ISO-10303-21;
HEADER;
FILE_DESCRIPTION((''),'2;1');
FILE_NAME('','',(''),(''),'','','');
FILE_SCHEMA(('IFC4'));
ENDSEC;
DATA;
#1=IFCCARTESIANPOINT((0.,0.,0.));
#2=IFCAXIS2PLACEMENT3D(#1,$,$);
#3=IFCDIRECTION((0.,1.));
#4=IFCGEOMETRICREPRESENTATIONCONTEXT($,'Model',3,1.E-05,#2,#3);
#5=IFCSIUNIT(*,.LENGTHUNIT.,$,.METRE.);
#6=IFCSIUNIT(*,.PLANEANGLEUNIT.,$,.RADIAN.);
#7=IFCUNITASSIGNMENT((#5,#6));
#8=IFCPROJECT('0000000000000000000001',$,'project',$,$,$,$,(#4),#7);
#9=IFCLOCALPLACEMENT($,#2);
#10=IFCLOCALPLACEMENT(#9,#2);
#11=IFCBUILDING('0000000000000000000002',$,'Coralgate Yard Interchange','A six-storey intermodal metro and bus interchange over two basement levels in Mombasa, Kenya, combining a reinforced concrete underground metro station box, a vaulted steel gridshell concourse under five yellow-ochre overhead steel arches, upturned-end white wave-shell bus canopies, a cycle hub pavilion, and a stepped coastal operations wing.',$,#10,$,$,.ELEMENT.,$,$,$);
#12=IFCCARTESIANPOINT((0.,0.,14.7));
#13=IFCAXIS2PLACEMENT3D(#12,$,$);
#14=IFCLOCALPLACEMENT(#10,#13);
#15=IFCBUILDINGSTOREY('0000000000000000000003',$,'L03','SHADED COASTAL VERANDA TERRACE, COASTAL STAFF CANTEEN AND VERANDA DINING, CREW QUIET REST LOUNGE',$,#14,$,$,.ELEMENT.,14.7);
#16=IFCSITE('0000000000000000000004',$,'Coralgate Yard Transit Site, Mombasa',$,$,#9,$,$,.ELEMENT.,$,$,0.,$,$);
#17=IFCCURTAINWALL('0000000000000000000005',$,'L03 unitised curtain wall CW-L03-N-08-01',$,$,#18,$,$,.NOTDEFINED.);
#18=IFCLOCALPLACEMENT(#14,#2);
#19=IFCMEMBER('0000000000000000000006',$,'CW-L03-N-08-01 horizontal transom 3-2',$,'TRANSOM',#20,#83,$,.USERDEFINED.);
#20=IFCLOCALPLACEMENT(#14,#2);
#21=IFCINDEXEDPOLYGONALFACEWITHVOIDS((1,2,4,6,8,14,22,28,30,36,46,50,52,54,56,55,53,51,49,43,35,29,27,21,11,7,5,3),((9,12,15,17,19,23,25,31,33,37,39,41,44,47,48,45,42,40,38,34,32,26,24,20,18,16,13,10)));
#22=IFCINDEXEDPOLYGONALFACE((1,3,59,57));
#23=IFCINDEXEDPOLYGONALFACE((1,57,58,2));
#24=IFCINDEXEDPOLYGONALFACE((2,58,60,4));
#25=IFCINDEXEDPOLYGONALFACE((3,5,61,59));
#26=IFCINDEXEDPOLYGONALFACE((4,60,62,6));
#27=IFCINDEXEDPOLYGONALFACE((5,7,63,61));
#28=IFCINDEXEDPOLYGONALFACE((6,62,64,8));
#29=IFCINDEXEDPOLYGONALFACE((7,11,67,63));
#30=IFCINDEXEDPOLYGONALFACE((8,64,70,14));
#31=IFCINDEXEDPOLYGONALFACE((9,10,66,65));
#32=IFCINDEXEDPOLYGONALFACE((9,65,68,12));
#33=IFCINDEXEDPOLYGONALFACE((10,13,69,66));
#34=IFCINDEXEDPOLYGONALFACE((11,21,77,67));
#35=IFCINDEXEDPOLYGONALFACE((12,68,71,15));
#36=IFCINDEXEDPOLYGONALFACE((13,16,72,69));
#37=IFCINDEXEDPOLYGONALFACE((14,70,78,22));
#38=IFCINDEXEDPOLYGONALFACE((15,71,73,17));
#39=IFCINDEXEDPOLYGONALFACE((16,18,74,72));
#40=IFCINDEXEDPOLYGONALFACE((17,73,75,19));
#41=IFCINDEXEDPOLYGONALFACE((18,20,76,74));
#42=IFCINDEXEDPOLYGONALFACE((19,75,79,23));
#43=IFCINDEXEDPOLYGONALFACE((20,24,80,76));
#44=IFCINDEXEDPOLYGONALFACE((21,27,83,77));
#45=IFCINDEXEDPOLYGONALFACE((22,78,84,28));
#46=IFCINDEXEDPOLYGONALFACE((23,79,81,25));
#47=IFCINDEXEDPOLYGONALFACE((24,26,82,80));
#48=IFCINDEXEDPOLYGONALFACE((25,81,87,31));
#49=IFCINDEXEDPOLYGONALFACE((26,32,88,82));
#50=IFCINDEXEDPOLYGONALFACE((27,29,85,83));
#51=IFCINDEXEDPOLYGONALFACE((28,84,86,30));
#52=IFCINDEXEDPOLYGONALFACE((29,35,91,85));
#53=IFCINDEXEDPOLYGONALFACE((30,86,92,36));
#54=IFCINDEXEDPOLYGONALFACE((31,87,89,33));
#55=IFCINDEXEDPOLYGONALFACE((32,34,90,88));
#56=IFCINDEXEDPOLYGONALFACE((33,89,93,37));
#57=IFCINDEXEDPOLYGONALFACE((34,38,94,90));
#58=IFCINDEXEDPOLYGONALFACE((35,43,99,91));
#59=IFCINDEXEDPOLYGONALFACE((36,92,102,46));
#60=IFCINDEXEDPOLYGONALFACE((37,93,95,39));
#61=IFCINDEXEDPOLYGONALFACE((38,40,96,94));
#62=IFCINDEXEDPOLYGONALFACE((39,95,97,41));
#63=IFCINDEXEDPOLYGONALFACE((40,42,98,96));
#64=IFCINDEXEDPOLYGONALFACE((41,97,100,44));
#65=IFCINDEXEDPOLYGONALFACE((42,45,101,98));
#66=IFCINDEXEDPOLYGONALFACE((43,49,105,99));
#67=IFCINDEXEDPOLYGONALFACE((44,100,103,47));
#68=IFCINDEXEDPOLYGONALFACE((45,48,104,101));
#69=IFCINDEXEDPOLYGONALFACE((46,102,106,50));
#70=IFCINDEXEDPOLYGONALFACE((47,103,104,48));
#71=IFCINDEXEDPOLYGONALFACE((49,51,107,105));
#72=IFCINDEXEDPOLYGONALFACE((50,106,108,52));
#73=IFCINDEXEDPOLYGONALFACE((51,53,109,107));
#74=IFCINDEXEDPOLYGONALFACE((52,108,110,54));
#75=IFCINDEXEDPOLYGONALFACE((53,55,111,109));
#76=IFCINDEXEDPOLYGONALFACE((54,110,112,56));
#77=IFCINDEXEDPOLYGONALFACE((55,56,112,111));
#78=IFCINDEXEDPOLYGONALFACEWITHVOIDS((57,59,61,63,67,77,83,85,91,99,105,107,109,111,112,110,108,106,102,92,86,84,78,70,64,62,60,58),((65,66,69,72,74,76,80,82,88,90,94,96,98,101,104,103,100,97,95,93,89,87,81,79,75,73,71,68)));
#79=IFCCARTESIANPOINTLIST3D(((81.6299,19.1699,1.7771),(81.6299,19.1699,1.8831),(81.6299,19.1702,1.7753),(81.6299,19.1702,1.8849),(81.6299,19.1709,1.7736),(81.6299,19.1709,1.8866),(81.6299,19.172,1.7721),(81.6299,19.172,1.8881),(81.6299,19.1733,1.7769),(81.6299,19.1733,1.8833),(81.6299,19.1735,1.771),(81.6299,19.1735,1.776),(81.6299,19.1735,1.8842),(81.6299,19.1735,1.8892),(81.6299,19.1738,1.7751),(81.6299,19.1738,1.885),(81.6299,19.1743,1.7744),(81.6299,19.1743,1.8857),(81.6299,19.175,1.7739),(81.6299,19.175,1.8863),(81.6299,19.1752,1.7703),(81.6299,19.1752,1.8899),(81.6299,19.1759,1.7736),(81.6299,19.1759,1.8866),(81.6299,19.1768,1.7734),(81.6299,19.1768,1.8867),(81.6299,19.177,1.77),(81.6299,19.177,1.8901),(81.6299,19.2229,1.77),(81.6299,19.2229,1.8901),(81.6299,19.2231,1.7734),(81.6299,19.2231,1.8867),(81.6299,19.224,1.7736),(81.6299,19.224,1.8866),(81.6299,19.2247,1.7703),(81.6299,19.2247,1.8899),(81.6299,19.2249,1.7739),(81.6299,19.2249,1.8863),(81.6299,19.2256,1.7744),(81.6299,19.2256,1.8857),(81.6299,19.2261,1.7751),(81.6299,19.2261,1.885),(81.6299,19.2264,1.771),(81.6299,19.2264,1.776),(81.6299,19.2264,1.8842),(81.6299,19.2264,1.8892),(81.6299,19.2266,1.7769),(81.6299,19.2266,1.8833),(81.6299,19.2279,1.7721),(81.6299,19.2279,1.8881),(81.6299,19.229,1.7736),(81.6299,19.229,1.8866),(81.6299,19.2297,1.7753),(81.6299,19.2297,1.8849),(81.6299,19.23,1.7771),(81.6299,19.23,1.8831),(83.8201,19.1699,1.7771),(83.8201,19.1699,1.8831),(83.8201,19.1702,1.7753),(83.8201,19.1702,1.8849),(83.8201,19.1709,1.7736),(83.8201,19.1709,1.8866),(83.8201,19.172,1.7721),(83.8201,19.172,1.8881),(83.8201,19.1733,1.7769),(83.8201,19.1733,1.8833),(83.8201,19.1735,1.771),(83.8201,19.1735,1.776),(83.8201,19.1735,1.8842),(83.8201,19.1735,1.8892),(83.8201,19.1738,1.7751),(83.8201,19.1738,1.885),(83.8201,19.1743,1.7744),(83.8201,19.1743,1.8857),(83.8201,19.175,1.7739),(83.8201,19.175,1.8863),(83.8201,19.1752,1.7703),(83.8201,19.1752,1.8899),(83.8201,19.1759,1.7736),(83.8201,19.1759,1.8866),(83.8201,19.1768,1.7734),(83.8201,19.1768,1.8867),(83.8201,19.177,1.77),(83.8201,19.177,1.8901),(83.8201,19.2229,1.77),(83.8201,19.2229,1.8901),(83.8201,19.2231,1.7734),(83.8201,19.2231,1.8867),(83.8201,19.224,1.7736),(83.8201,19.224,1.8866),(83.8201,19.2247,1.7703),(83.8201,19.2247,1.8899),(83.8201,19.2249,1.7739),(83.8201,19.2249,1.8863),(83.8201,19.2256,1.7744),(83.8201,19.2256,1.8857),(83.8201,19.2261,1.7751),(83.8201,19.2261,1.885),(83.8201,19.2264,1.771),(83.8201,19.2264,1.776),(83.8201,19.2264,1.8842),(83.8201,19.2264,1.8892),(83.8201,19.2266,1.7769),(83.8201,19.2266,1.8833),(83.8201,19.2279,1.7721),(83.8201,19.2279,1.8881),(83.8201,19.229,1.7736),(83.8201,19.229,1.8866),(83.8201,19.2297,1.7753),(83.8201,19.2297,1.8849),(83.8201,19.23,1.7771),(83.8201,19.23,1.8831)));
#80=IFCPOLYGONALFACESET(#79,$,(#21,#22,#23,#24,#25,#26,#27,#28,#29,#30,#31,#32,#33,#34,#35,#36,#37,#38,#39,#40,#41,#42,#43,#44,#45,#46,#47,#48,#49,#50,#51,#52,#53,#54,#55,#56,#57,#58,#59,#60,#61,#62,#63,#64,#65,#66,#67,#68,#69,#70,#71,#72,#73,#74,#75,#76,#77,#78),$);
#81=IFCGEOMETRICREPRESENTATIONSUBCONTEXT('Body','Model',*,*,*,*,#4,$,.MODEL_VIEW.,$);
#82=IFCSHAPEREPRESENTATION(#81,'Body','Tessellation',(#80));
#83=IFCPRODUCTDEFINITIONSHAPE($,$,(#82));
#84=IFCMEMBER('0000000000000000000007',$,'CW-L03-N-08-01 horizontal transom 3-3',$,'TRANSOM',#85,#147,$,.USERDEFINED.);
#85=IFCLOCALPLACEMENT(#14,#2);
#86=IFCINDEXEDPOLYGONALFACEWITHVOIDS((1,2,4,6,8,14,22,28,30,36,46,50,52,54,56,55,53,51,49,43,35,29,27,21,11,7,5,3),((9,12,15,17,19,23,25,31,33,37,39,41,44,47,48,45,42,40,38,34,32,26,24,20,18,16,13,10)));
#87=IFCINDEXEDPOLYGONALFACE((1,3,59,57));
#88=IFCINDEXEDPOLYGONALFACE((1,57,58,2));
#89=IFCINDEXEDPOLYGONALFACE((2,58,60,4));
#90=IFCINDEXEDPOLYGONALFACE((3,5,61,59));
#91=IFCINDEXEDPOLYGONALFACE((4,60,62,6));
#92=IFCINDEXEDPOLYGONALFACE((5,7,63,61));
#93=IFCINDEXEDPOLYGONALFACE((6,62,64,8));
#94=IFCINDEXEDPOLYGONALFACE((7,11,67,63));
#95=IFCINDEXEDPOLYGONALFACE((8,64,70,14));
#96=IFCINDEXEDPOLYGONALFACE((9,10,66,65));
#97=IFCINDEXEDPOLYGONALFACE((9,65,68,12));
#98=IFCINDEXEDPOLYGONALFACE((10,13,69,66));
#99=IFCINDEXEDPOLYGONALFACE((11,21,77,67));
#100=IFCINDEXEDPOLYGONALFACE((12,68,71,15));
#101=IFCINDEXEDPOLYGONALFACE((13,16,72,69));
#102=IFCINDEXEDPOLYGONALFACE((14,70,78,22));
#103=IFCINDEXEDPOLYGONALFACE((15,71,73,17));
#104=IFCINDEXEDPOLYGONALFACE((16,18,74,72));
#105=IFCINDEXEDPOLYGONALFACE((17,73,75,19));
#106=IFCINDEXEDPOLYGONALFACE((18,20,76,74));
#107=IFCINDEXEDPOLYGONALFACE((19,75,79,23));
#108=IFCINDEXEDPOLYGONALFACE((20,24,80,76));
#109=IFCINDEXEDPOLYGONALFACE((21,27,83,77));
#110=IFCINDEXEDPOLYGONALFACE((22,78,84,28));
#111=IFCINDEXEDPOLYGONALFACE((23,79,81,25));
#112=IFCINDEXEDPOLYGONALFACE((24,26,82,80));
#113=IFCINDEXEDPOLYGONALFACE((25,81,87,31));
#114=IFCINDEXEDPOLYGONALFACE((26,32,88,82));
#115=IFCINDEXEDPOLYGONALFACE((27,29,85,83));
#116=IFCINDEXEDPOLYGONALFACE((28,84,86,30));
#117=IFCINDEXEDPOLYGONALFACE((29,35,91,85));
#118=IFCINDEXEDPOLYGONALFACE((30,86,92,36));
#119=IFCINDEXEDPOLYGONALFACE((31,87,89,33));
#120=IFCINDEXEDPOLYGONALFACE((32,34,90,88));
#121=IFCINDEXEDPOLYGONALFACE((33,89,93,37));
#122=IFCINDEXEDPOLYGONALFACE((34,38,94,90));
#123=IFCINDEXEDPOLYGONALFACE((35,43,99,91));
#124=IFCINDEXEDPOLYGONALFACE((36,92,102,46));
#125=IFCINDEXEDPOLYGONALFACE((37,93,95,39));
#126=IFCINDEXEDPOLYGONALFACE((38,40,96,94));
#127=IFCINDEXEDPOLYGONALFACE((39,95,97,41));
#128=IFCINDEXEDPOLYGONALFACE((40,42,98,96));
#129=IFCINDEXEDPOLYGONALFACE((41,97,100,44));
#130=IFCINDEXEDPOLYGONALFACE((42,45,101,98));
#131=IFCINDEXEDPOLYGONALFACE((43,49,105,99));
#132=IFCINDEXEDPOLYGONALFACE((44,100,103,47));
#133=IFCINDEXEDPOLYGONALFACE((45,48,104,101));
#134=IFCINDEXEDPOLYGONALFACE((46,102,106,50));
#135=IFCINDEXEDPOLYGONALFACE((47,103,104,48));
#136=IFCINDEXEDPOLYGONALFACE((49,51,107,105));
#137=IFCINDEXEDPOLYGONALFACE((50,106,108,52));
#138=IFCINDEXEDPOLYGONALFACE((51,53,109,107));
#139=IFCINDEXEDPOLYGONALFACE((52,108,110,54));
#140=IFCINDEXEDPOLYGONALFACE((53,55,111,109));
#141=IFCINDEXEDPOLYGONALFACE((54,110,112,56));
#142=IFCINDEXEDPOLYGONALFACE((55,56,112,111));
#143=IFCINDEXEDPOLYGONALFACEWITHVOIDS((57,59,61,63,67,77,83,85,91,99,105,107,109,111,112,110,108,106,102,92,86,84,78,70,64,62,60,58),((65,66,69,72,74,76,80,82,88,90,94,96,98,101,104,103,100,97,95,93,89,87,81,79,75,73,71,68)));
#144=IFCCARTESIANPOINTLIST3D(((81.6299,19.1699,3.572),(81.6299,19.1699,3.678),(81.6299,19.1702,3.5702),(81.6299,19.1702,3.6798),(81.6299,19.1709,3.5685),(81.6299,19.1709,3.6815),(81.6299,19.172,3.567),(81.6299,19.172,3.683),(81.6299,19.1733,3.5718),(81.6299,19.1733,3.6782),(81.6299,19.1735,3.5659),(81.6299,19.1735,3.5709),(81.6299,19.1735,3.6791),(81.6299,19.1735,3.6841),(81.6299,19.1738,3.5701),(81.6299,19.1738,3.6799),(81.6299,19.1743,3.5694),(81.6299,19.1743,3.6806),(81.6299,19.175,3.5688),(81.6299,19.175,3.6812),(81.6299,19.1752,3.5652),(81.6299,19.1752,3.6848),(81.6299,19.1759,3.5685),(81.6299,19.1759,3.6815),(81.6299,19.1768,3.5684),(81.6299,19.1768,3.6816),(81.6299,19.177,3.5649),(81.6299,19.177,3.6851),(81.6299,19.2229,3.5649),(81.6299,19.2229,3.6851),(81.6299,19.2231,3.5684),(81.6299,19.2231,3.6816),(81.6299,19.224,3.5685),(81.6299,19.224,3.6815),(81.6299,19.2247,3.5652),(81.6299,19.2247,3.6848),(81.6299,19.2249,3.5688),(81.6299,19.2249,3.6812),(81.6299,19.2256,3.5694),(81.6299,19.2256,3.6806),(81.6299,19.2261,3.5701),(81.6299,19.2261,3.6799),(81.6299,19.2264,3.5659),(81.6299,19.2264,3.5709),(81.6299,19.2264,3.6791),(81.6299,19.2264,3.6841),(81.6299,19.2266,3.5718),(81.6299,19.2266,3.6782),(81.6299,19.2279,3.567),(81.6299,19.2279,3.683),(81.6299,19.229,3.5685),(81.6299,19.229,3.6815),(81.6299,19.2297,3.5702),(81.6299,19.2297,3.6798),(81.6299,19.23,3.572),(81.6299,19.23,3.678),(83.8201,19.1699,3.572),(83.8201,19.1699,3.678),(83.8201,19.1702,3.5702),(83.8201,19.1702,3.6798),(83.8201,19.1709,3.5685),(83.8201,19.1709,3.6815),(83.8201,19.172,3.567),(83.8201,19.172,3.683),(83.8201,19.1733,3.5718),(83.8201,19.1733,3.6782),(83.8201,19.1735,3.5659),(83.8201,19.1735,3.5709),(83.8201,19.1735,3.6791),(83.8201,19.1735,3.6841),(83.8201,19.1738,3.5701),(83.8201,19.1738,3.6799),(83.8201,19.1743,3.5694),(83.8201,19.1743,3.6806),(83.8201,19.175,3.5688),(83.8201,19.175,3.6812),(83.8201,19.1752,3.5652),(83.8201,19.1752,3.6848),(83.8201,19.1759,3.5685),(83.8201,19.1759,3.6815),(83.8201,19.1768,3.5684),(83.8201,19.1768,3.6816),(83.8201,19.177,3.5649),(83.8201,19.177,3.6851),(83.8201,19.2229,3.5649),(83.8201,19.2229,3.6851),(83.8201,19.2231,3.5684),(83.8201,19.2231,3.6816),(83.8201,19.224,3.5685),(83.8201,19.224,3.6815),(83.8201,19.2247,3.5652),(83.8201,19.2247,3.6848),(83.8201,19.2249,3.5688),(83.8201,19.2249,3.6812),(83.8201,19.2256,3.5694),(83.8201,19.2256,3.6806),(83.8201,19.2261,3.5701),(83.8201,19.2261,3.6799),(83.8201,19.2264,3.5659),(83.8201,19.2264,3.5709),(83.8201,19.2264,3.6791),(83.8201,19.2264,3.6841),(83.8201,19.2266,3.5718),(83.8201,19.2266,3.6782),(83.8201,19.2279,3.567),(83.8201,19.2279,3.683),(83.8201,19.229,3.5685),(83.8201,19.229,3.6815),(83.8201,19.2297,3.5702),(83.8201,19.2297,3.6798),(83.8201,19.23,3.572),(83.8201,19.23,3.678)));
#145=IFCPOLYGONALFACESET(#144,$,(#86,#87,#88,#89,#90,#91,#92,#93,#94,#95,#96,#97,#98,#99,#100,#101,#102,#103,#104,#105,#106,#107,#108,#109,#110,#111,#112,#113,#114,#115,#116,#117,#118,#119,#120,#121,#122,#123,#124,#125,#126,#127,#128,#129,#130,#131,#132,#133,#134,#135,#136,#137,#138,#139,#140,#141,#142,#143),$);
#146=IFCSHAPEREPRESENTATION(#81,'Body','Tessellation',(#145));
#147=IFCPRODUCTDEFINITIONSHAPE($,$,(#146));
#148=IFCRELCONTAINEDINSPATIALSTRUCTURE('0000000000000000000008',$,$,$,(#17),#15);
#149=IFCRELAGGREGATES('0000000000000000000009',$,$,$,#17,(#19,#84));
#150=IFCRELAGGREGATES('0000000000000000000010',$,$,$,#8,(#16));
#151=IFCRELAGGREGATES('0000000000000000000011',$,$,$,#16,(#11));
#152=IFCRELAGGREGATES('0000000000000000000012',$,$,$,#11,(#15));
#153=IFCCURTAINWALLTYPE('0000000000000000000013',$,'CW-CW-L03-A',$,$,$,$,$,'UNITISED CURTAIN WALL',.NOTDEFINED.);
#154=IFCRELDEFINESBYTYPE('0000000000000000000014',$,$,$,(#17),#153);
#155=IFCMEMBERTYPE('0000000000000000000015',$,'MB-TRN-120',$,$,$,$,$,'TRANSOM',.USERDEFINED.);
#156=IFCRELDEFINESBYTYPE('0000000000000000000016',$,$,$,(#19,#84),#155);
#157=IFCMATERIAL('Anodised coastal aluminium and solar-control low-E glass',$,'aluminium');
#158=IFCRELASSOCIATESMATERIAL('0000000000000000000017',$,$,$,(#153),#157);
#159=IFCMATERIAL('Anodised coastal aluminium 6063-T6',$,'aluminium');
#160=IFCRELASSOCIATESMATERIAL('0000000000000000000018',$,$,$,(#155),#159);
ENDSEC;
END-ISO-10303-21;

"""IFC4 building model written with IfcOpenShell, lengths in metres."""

from ifc_helpers import new_model, si_unit, direction, frame, origin, origin_2d, place, context, subcontext, project, spatial, hollow_rectangle, extrude, material, material_profile, profile_set, type_object, element, aggregate, save


model = new_model("IFC4")

# Units and contexts
model_context = context("Model", 3, precision=1e-05, world=origin(), true_north=direction((0.0, 1.0)))
body_context = subcontext(model_context, "Body", "Model", "MODEL_VIEW")
ifc_project = project(units=[si_unit("LENGTHUNIT", "METRE"), si_unit("PLANEANGLEUNIT", "RADIAN")], contexts=[model_context])

# Site, building, storey
site_placement = place(None, origin())
site = spatial("IfcSite", under=ifc_project, at=site_placement, Name="Coralgate Yard Transit Site, Mombasa", CompositionType="ELEMENT", RefElevation=0.0)
building_placement = place(site_placement, origin())
building = spatial("IfcBuilding", under=site, at=building_placement, Name="Coralgate Yard Interchange", Description="A six-storey intermodal metro and bus interchange over two basement levels in Mombasa, Kenya, combining a reinforced concrete underground metro station box, a vaulted steel gridshell concourse under five yellow-ochre overhead steel arches, upturned-end white wave-shell bus canopies, a cycle hub pavilion, and a stepped coastal operations wing.", CompositionType="ELEMENT")
storey_placement = place(building_placement, frame((0.0, 0.0, 14.7)))
storey = spatial("IfcBuildingStorey", under=building, at=storey_placement, Name="L03", Description="SHADED COASTAL VERANDA TERRACE, COASTAL STAFF CANTEEN AND VERANDA DINING, CREW QUIET REST LOUNGE", CompositionType="ELEMENT", Elevation=14.7)

# Curtain wall, members
ifc_material_1 = material(Name="Anodised coastal aluminium and solar-control low-E glass", Category="aluminium")
curtain_wall_type = type_object("IfcCurtainWallType", Name="CW-CW-L03-A", ElementType="UNITISED CURTAIN WALL", PredefinedType="NOTDEFINED", material=ifc_material_1)
curtain_wall_placement = place(storey_placement, origin())
curtain_wall = element("IfcCurtainWall", 1, at=curtain_wall_placement, inside=storey, type_object=curtain_wall_type, Name="L03 unitised curtain wall CW-L03-N-08-01", PredefinedType="NOTDEFINED")
ifc_material_2 = material(Name="Anodised coastal aluminium 6063-T6", Category="aluminium")
ifc_material_profile_1 = material_profile(ifc_material_2, hollow_rectangle(XDim=0.0601, YDim=0.1201, WallThickness=0.0034, InnerFilletRadius=0.0034, OuterFilletRadius=0.0071, at=origin_2d()), Name="ALU 60x120x3.5")
ifc_profile_set_1 = profile_set([ifc_material_profile_1], Name="Anodised coastal aluminium 6063-T6")
member_type_1 = type_object("IfcMemberType", Name="MB-TRN-120", ElementType="TRANSOM", PredefinedType="USERDEFINED", material=ifc_profile_set_1)
member_1_placement = place(storey_placement, frame((81.6299, 19.2, 1.8301), z_axis=(1.0, 0.0, 0.0), x_axis=(0.0, 1.0, 0.0)))
member_1 = element("IfcMember", 2, at=member_1_placement, type_object=member_type_1, Name="CW-L03-N-08-01 horizontal transom 3-2", ObjectType="TRANSOM", PredefinedType="USERDEFINED", context=body_context, shape_type="SweptSolid", body=[
    extrude(hollow_rectangle(XDim=0.0601, YDim=0.1201, WallThickness=0.0034, InnerFilletRadius=0.0034, OuterFilletRadius=0.0071, at=origin_2d()), origin(), (0.0, 0.0, 1.0), 2.1902),
])
member_2_placement = place(storey_placement, frame((81.6299, 19.2, 3.625), z_axis=(1.0, 0.0, 0.0), x_axis=(0.0, 1.0, 0.0)))
member_2 = element("IfcMember", 3, at=member_2_placement, type_object=member_type_1, Name="CW-L03-N-08-01 horizontal transom 3-3", ObjectType="TRANSOM", PredefinedType="USERDEFINED", context=body_context, shape_type="SweptSolid", body=[
    extrude(hollow_rectangle(XDim=0.0601, YDim=0.1201, WallThickness=0.0034, InnerFilletRadius=0.0034, OuterFilletRadius=0.0071, at=origin_2d()), origin(), (0.0, 0.0, 1.0), 2.1902),
])
aggregate(curtain_wall, [member_1, member_2])

save(model, "model.ifc")
